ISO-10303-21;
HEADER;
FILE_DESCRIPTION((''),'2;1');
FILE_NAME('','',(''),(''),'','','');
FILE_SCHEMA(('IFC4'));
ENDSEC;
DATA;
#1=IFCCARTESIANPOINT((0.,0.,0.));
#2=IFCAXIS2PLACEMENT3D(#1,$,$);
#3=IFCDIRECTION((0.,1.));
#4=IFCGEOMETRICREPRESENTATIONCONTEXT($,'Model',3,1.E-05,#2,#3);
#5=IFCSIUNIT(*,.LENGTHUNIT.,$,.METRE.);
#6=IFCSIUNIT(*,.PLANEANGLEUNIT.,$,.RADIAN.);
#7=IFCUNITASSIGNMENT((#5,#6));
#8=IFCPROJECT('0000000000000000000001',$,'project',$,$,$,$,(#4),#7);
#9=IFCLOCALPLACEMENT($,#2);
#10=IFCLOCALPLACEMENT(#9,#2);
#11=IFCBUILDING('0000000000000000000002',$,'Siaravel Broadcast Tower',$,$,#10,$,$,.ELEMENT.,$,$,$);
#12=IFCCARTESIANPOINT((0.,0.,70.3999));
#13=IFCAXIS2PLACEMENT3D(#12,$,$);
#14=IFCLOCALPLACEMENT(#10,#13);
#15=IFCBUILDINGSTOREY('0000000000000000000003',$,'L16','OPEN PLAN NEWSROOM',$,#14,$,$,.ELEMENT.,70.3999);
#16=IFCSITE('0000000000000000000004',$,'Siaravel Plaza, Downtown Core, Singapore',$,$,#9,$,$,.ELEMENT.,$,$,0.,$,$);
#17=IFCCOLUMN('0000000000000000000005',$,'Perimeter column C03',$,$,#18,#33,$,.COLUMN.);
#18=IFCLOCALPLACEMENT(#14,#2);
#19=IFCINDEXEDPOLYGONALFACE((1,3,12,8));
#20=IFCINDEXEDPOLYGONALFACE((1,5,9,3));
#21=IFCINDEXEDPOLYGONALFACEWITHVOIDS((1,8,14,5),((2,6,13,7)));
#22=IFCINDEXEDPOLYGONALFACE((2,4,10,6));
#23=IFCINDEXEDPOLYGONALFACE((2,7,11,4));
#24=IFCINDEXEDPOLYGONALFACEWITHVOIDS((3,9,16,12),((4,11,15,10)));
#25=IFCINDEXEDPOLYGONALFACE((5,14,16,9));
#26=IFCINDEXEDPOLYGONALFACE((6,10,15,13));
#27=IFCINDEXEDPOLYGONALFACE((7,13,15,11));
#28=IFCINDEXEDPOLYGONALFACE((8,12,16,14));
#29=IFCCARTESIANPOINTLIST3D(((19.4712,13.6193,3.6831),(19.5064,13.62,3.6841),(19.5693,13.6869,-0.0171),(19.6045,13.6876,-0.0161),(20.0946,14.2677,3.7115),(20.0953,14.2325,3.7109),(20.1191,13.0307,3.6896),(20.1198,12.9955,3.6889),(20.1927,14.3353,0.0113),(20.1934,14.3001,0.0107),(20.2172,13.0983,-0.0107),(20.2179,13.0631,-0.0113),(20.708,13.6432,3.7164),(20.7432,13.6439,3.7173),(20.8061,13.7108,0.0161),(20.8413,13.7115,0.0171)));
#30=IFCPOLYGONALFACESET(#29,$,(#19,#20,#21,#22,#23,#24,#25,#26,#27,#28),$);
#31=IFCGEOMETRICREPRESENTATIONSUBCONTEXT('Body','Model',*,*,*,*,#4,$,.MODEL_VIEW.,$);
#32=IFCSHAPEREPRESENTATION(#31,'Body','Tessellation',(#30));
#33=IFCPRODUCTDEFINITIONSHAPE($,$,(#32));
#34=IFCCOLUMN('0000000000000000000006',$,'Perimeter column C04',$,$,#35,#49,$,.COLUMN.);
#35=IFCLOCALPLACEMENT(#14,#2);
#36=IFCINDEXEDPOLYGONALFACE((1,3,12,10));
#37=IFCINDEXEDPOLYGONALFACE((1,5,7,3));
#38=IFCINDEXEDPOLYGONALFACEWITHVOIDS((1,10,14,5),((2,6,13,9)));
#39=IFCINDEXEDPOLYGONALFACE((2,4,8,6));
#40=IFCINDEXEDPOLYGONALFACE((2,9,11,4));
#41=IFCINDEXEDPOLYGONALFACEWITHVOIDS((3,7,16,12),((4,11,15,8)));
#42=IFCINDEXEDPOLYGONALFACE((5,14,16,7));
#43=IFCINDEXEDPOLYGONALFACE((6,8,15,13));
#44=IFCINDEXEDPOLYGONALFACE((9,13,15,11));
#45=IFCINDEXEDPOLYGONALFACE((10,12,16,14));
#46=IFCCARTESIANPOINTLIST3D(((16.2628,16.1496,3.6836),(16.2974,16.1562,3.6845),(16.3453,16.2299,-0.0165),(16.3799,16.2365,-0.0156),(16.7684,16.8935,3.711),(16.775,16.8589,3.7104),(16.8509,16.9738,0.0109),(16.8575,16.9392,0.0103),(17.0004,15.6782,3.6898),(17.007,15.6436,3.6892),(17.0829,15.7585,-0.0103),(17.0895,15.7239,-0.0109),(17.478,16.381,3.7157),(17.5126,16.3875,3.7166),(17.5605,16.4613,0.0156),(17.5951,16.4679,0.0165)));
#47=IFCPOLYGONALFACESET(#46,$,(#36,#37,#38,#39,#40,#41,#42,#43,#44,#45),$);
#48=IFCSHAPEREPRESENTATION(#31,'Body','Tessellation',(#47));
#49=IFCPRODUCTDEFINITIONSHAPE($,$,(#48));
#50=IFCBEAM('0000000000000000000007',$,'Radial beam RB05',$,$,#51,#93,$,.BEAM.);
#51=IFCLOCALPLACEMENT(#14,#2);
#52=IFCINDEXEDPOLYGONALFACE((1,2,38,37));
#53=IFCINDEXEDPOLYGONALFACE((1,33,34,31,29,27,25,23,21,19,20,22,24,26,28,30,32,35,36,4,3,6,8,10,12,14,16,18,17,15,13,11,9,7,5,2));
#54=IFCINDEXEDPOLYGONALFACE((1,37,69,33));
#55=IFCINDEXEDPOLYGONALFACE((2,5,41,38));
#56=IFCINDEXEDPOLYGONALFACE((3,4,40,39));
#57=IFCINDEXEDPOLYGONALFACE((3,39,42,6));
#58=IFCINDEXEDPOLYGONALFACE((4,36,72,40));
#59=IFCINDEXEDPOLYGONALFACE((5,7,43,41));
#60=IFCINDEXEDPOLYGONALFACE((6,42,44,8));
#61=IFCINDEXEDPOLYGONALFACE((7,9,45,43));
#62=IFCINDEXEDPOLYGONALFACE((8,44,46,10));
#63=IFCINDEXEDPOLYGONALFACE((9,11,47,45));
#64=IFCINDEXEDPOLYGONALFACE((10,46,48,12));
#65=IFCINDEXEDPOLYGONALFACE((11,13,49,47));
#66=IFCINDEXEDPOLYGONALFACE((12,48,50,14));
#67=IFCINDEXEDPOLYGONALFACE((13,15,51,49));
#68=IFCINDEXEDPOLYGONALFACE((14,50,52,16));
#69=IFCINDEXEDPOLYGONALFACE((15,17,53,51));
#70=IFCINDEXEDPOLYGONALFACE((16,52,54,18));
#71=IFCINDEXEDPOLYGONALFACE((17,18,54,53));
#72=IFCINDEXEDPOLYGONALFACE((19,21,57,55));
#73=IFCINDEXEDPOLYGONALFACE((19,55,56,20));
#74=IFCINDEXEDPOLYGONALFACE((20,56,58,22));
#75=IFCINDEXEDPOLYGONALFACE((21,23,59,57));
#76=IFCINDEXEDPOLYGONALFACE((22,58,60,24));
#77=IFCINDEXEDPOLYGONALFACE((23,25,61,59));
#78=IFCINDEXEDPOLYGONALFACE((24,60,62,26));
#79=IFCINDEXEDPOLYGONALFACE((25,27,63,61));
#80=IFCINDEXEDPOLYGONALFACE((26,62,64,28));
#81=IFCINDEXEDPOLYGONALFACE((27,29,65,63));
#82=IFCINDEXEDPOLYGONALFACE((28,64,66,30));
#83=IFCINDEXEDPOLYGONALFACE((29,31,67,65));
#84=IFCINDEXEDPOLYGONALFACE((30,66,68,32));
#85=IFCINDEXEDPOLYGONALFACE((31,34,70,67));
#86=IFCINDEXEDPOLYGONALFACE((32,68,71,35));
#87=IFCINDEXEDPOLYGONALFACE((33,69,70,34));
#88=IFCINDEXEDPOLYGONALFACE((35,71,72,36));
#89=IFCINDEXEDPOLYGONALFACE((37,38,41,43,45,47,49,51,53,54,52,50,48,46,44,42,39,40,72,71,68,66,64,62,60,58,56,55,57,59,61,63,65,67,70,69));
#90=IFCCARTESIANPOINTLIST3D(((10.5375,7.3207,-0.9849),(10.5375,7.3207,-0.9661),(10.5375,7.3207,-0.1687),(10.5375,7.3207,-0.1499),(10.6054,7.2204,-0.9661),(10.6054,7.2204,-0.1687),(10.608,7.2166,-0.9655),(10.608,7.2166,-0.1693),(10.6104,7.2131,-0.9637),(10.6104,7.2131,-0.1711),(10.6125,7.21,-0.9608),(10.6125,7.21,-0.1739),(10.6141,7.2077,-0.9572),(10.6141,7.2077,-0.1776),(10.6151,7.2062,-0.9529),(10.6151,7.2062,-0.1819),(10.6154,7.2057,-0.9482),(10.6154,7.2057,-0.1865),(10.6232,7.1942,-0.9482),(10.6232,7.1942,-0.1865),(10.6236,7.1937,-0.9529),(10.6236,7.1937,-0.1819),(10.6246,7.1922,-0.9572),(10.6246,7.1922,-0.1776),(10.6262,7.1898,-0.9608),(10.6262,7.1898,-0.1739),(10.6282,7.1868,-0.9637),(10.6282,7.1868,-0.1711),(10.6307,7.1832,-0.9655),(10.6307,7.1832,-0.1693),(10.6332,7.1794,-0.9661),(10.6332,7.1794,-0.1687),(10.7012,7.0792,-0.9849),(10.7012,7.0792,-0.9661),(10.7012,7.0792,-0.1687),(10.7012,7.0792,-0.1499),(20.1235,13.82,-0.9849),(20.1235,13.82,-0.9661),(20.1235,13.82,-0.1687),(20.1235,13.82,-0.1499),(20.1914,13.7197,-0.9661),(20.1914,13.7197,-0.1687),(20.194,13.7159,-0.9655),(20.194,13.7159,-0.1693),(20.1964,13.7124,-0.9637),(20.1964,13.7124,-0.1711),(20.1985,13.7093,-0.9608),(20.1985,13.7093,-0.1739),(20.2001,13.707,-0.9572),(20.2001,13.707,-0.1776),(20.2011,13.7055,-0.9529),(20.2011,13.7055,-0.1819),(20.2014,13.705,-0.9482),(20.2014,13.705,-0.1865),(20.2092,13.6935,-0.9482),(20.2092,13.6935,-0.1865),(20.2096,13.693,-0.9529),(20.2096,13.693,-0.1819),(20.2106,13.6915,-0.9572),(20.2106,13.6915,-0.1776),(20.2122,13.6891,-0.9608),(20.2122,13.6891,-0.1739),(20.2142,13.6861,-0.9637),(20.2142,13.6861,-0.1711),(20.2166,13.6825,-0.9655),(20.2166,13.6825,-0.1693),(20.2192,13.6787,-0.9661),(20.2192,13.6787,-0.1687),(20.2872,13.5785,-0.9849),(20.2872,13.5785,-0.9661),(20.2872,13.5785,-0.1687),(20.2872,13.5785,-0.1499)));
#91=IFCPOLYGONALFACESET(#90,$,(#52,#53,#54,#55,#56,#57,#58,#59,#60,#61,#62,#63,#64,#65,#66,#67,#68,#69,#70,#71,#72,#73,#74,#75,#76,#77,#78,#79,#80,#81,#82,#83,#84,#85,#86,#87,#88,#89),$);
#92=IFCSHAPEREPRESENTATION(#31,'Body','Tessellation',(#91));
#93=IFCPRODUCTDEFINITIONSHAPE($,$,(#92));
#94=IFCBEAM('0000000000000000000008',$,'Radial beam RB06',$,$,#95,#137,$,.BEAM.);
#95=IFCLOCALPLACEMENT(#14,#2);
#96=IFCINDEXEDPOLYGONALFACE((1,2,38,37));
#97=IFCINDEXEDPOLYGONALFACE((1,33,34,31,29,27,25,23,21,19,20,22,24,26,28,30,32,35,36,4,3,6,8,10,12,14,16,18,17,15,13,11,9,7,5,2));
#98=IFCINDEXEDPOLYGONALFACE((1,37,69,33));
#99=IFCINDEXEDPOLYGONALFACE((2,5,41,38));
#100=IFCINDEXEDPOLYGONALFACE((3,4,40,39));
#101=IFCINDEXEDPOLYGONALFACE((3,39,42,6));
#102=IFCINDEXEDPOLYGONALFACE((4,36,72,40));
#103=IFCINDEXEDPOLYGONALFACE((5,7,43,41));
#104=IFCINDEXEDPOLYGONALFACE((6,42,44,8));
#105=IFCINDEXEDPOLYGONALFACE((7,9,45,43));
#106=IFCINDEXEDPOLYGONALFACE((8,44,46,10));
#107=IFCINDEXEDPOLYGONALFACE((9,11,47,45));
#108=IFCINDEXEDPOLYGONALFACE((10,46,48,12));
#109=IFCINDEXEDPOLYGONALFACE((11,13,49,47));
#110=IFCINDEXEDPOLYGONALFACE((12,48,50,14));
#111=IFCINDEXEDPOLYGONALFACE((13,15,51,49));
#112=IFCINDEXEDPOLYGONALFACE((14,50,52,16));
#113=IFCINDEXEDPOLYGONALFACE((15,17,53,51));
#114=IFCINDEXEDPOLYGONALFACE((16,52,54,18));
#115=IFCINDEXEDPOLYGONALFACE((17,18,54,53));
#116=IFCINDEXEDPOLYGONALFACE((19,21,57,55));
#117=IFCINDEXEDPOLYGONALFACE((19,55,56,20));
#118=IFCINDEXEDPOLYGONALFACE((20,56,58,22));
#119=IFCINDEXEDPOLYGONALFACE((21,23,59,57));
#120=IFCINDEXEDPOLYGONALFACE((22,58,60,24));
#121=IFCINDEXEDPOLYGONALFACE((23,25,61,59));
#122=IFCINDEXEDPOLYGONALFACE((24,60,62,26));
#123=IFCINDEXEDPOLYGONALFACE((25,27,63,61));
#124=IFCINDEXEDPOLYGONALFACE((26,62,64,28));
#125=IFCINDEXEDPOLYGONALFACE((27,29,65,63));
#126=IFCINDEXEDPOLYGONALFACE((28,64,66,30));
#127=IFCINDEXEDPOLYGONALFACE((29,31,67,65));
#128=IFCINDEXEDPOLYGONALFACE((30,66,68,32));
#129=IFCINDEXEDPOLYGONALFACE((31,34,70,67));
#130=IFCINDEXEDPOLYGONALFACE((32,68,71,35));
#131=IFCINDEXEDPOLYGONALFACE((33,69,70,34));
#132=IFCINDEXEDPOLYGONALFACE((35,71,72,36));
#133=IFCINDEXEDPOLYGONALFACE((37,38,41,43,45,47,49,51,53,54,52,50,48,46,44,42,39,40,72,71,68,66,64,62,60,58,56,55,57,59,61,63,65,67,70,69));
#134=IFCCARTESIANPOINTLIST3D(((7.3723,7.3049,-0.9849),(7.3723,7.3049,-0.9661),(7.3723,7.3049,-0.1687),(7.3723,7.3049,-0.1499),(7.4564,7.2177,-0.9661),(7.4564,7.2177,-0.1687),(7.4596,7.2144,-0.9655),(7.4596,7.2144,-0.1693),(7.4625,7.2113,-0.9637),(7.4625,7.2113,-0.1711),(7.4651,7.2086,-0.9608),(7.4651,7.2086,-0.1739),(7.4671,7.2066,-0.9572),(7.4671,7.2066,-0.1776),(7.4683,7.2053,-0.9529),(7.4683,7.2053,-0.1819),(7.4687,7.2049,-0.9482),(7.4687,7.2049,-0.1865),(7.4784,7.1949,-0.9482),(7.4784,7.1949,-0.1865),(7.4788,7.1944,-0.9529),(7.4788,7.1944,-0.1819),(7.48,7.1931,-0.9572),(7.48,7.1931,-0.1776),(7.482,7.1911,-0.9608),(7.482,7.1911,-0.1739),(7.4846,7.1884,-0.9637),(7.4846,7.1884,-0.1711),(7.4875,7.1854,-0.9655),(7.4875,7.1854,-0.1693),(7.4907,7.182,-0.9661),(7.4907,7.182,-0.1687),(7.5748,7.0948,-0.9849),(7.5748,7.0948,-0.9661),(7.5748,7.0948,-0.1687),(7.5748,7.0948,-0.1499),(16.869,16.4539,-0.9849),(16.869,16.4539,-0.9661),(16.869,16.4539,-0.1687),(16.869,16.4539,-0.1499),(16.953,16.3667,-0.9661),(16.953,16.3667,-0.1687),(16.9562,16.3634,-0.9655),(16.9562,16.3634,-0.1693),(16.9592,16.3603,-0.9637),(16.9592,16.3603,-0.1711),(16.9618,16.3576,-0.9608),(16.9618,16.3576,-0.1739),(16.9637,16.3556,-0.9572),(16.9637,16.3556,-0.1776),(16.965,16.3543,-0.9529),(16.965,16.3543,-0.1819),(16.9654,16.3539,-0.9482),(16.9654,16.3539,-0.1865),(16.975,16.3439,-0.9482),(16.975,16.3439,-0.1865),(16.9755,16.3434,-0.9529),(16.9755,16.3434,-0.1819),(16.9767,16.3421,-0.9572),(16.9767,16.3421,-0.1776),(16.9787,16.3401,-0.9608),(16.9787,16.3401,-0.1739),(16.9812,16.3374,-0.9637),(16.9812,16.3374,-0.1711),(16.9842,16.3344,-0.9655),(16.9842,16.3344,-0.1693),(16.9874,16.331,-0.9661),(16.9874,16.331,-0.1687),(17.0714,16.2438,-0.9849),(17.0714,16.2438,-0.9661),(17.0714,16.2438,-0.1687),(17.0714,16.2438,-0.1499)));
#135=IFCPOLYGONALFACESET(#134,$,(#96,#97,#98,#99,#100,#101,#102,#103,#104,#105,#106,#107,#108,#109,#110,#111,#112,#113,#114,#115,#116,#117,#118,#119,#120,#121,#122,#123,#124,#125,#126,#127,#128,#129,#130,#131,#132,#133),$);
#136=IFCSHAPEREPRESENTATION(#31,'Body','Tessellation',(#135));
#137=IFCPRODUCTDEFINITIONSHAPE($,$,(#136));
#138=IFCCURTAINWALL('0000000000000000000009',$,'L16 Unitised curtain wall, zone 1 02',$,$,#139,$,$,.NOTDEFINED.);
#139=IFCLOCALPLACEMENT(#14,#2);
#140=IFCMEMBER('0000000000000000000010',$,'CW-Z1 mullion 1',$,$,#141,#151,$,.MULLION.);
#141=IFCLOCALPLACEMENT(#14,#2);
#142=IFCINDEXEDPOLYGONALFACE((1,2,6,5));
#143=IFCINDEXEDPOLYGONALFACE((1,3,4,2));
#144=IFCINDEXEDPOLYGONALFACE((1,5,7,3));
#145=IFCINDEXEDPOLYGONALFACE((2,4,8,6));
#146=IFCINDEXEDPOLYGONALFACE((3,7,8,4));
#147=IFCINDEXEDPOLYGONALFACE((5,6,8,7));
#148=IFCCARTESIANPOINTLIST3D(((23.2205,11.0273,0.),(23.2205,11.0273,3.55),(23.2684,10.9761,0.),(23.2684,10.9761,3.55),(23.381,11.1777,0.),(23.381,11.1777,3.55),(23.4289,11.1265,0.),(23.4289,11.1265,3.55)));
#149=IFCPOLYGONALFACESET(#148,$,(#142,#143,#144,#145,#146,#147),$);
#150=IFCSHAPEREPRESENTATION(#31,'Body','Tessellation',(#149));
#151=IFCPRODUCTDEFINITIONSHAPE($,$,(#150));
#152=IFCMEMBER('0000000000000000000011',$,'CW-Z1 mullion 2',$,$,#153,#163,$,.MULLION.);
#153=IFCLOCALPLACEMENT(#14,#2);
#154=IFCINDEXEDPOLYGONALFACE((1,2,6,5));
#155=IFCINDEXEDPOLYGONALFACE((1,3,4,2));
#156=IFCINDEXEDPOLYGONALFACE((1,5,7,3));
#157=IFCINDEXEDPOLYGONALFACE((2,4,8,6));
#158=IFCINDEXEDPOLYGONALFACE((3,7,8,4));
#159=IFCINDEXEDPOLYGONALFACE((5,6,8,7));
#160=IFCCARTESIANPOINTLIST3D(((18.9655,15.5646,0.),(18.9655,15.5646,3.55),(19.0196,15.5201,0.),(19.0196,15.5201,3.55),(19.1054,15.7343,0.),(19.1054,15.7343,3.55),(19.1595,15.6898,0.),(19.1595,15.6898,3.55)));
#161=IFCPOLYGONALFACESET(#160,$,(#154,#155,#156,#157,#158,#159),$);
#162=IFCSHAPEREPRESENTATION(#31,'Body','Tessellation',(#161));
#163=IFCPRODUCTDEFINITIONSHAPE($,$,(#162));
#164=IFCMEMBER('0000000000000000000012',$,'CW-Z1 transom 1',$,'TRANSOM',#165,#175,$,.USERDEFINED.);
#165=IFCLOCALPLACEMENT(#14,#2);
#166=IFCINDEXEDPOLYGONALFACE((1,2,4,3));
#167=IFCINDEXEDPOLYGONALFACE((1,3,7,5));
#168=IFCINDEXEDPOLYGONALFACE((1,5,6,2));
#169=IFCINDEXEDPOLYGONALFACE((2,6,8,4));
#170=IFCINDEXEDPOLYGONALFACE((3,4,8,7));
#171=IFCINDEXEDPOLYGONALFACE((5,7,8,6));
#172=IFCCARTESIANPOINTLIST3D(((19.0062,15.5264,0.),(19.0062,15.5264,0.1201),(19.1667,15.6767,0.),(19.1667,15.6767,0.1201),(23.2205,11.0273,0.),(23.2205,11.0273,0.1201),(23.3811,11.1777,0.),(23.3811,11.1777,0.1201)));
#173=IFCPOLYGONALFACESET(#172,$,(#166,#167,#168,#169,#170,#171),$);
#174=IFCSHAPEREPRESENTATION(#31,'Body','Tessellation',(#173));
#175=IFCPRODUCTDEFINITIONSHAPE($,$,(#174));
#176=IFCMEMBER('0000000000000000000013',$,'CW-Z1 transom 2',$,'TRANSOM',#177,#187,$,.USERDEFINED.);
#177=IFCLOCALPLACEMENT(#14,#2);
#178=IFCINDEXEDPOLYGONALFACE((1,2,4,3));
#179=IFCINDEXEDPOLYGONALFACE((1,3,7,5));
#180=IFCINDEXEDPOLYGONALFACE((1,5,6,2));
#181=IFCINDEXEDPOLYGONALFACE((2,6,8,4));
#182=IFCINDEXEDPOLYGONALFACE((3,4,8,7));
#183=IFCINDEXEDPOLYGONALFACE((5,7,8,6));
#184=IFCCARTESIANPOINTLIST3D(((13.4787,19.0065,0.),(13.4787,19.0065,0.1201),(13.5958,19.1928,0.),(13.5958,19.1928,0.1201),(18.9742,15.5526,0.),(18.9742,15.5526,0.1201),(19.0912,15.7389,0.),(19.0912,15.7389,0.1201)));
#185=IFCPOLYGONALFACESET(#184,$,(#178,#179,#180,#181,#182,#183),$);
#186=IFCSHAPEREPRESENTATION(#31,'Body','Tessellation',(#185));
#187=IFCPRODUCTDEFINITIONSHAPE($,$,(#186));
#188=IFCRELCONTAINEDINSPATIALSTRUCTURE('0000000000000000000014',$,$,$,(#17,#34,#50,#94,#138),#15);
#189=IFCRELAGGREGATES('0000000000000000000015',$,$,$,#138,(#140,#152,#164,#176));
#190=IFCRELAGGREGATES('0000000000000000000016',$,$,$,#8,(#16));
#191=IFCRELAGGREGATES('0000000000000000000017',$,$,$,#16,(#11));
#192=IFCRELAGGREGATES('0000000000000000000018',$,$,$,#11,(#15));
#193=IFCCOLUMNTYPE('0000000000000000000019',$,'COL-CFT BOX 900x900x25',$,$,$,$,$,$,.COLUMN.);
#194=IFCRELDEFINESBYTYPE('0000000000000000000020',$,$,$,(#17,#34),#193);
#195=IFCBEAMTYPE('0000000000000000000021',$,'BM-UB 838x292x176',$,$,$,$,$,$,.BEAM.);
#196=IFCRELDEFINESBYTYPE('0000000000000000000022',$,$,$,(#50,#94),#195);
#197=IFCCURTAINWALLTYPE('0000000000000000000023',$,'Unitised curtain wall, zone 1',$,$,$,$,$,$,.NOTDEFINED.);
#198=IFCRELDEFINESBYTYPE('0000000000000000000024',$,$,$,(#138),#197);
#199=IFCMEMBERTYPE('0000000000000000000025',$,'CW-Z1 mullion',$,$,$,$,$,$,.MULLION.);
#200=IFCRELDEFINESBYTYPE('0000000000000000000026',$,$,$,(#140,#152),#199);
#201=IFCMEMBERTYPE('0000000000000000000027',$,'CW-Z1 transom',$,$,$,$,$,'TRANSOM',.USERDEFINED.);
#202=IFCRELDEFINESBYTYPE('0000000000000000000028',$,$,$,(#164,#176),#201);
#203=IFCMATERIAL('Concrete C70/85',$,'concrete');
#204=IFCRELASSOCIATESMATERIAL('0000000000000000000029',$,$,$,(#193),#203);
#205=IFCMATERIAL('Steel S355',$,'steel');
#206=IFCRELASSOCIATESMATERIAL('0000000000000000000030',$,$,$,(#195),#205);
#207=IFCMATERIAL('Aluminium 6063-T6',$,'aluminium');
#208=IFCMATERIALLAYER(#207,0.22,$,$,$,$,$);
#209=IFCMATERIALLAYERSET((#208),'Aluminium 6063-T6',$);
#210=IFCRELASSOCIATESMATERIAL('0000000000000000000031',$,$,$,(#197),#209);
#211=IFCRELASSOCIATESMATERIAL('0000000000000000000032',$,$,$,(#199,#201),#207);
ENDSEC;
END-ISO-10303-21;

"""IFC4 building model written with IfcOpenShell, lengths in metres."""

from ifc_helpers import new_model, si_unit, direction, frame, origin, origin_2d, place, context, subcontext, project, spatial, rectangle, hollow_rectangle, i_section, extrude, material, layer, layer_set, material_profile, profile_set, type_object, element, aggregate, save


model = new_model("IFC4")

# Units and contexts
model_context = context("Model", 3, precision=1e-05, world=origin(), true_north=direction((0.0, 1.0)))
body_context = subcontext(model_context, "Body", "Model", "MODEL_VIEW")
ifc_project = project(units=[si_unit("LENGTHUNIT", "METRE"), si_unit("PLANEANGLEUNIT", "RADIAN")], contexts=[model_context])

# Site, building, storey
site_placement = place(None, origin())
site = spatial("IfcSite", under=ifc_project, at=site_placement, Name="Siaravel Plaza, Downtown Core, Singapore", CompositionType="ELEMENT", RefElevation=0.0)
building_placement = place(site_placement, origin())
building = spatial("IfcBuilding", under=site, at=building_placement, Name="Siaravel Broadcast Tower", CompositionType="ELEMENT")
storey_placement = place(building_placement, frame((0.0, 0.0, 70.3999)))
storey = spatial("IfcBuildingStorey", under=building, at=storey_placement, Name="L16", Description="OPEN PLAN NEWSROOM", CompositionType="ELEMENT", Elevation=70.3999)

# Columns
ifc_material_1 = material(Name="Concrete C70/85", Category="concrete")
ifc_material_profile_1 = material_profile(ifc_material_1, hollow_rectangle(XDim=0.8999, YDim=0.8999, WallThickness=0.0249, at=origin_2d()))
ifc_profile_set_1 = profile_set([ifc_material_profile_1], Name="Concrete C70/85")
column_type = type_object("IfcColumnType", Name="COL-CFT BOX 900x900x25", PredefinedType="COLUMN", material=ifc_profile_set_1)
column_1_placement = place(storey_placement, frame((20.2053, 13.6992, 0.0), z_axis=(-0.02651, -0.018267, 0.999482), x_axis=(0.720731, -0.693184, 0.006448)))
element("IfcColumn", 1, at=column_1_placement, inside=storey, type_object=column_type, Name="Perimeter column C03", PredefinedType="COLUMN", context=body_context, shape_type="SweptSolid", body=[
    extrude(hollow_rectangle(XDim=0.8999, YDim=0.8999, WallThickness=0.0249, at=origin_2d()), origin(), (0.0, 0.0, 1.0), 3.7021),
])
column_2_placement = place(storey_placement, frame((16.9702, 16.3489, 0.0), z_axis=(-0.022291, -0.021697, 0.999516), x_axis=(0.826952, -0.562239, 0.006237)))
element("IfcColumn", 2, at=column_2_placement, inside=storey, type_object=column_type, Name="Perimeter column C04", PredefinedType="COLUMN", context=body_context, shape_type="SweptSolid", body=[
    extrude(hollow_rectangle(XDim=0.8999, YDim=0.8999, WallThickness=0.0249, at=origin_2d()), origin(), (0.0, 0.0, 1.0), 3.7019),
])

# Beams
ifc_material_2 = material(Name="Steel S355", Category="steel")
ifc_material_profile_2 = material_profile(ifc_material_2, i_section(OverallWidth=0.2917, OverallDepth=0.835, WebThickness=0.0139, FlangeThickness=0.0188, FilletRadius=0.0178, at=origin_2d()))
ifc_profile_set_2 = profile_set([ifc_material_profile_2], Name="Steel S355")
beam_type = type_object("IfcBeamType", Name="BM-UB 838x292x176", PredefinedType="BEAM", material=ifc_profile_set_2)
beam_1_placement = place(storey_placement, frame((20.2053, 13.6992, -0.5674), z_axis=(-0.827695, -0.561178, 0.0), x_axis=(0.561178, -0.827695, 0.0)))
element("IfcBeam", 3, at=beam_1_placement, inside=storey, type_object=beam_type, Name="Radial beam RB05", PredefinedType="BEAM", context=body_context, shape_type="SweptSolid", body=[
    extrude(i_section(OverallWidth=0.2917, OverallDepth=0.835, WebThickness=0.0139, FlangeThickness=0.0188, FilletRadius=0.0178, at=origin_2d()), origin(), (0.0, 0.0, 1.0), 11.5815),
])
beam_2_placement = place(storey_placement, frame((16.9702, 16.3489, -0.5674), z_axis=(-0.720166, -0.693802, 0.0), x_axis=(0.693802, -0.720166, 0.0)))
element("IfcBeam", 4, at=beam_2_placement, inside=storey, type_object=beam_type, Name="Radial beam RB06", PredefinedType="BEAM", context=body_context, shape_type="SweptSolid", body=[
    extrude(i_section(OverallWidth=0.2917, OverallDepth=0.835, WebThickness=0.0139, FlangeThickness=0.0188, FilletRadius=0.0178, at=origin_2d()), origin(), (0.0, 0.0, 1.0), 13.1868),
])

# Curtain wall, members
ifc_material_3 = material(Name="Aluminium 6063-T6", Category="aluminium")
ifc_layer_1 = layer(ifc_material_3, 0.22)
ifc_layer_set_1 = layer_set([ifc_layer_1], Name="Aluminium 6063-T6")
curtain_wall_type = type_object("IfcCurtainWallType", Name="Unitised curtain wall, zone 1", PredefinedType="NOTDEFINED", material=ifc_layer_set_1)
curtain_wall_placement = place(storey_placement, origin())
curtain_wall = element("IfcCurtainWall", 5, at=curtain_wall_placement, inside=storey, type_object=curtain_wall_type, Name="L16 Unitised curtain wall, zone 1 02", PredefinedType="NOTDEFINED")
ifc_material_profile_3 = material_profile(ifc_material_3, rectangle(XDim=0.22, YDim=0.0701, at=origin_2d()))
ifc_profile_set_3 = profile_set([ifc_material_profile_3], Name="Aluminium 6063-T6")
member_type_1 = type_object("IfcMemberType", Name="CW-Z1 mullion", PredefinedType="MULLION", material=ifc_profile_set_3)
member_1_placement = place(storey_placement, frame((23.3247, 11.0769, 0.0), z_axis=(0.0, 0.0, 1.0), x_axis=(-0.729806, -0.683655, 0.0)))
member_1 = element("IfcMember", 6, at=member_1_placement, type_object=member_type_1, Name="CW-Z1 mullion 1", PredefinedType="MULLION", context=body_context, shape_type="SweptSolid", body=[
    extrude(rectangle(XDim=0.22, YDim=0.0701, at=origin_2d()), origin(), (0.0, 0.0, 1.0), 3.55),
])
member_2_placement = place(storey_placement, frame((19.0625, 15.6272, 0.0), z_axis=(0.0, 0.0, 1.0), x_axis=(-0.636219, -0.771508, 0.0)))
member_2 = element("IfcMember", 7, at=member_2_placement, type_object=member_type_1, Name="CW-Z1 mullion 2", PredefinedType="MULLION", context=body_context, shape_type="SweptSolid", body=[
    extrude(rectangle(XDim=0.22, YDim=0.0701, at=origin_2d()), origin(), (0.0, 0.0, 1.0), 3.55),
])
ifc_material_profile_4 = material_profile(ifc_material_3, rectangle(XDim=0.22, YDim=0.1201, at=origin_2d()))
ifc_profile_set_4 = profile_set([ifc_material_profile_4], Name="Aluminium 6063-T6")
member_type_2 = type_object("IfcMemberType", Name="CW-Z1 transom", ElementType="TRANSOM", PredefinedType="USERDEFINED", material=ifc_profile_set_4)
member_3_placement = place(storey_placement, frame((23.3008, 11.1025, 0.0601), z_axis=(-0.683641, 0.729819, 0.0), x_axis=(-0.729819, -0.683641, 0.0)))
member_3 = element("IfcMember", 8, at=member_3_placement, type_object=member_type_2, Name="CW-Z1 transom 1", ObjectType="TRANSOM", PredefinedType="USERDEFINED", context=body_context, shape_type="SweptSolid", body=[
    extrude(rectangle(XDim=0.22, YDim=0.1201, at=origin_2d()), origin(), (0.0, 0.0, 1.0), 6.1646),
])
member_4_placement = place(storey_placement, frame((19.0327, 15.6458, 0.0601), z_axis=(-0.846662, 0.532131, 0.0), x_axis=(-0.532131, -0.846662, 0.0)))
member_4 = element("IfcMember", 9, at=member_4_placement, type_object=member_type_2, Name="CW-Z1 transom 2", ObjectType="TRANSOM", PredefinedType="USERDEFINED", context=body_context, shape_type="SweptSolid", body=[
    extrude(rectangle(XDim=0.22, YDim=0.1201, at=origin_2d()), origin(), (0.0, 0.0, 1.0), 6.4907),
])

aggregate(curtain_wall, [member_1, member_2, member_3, member_4])

save(model, "model.ifc")
